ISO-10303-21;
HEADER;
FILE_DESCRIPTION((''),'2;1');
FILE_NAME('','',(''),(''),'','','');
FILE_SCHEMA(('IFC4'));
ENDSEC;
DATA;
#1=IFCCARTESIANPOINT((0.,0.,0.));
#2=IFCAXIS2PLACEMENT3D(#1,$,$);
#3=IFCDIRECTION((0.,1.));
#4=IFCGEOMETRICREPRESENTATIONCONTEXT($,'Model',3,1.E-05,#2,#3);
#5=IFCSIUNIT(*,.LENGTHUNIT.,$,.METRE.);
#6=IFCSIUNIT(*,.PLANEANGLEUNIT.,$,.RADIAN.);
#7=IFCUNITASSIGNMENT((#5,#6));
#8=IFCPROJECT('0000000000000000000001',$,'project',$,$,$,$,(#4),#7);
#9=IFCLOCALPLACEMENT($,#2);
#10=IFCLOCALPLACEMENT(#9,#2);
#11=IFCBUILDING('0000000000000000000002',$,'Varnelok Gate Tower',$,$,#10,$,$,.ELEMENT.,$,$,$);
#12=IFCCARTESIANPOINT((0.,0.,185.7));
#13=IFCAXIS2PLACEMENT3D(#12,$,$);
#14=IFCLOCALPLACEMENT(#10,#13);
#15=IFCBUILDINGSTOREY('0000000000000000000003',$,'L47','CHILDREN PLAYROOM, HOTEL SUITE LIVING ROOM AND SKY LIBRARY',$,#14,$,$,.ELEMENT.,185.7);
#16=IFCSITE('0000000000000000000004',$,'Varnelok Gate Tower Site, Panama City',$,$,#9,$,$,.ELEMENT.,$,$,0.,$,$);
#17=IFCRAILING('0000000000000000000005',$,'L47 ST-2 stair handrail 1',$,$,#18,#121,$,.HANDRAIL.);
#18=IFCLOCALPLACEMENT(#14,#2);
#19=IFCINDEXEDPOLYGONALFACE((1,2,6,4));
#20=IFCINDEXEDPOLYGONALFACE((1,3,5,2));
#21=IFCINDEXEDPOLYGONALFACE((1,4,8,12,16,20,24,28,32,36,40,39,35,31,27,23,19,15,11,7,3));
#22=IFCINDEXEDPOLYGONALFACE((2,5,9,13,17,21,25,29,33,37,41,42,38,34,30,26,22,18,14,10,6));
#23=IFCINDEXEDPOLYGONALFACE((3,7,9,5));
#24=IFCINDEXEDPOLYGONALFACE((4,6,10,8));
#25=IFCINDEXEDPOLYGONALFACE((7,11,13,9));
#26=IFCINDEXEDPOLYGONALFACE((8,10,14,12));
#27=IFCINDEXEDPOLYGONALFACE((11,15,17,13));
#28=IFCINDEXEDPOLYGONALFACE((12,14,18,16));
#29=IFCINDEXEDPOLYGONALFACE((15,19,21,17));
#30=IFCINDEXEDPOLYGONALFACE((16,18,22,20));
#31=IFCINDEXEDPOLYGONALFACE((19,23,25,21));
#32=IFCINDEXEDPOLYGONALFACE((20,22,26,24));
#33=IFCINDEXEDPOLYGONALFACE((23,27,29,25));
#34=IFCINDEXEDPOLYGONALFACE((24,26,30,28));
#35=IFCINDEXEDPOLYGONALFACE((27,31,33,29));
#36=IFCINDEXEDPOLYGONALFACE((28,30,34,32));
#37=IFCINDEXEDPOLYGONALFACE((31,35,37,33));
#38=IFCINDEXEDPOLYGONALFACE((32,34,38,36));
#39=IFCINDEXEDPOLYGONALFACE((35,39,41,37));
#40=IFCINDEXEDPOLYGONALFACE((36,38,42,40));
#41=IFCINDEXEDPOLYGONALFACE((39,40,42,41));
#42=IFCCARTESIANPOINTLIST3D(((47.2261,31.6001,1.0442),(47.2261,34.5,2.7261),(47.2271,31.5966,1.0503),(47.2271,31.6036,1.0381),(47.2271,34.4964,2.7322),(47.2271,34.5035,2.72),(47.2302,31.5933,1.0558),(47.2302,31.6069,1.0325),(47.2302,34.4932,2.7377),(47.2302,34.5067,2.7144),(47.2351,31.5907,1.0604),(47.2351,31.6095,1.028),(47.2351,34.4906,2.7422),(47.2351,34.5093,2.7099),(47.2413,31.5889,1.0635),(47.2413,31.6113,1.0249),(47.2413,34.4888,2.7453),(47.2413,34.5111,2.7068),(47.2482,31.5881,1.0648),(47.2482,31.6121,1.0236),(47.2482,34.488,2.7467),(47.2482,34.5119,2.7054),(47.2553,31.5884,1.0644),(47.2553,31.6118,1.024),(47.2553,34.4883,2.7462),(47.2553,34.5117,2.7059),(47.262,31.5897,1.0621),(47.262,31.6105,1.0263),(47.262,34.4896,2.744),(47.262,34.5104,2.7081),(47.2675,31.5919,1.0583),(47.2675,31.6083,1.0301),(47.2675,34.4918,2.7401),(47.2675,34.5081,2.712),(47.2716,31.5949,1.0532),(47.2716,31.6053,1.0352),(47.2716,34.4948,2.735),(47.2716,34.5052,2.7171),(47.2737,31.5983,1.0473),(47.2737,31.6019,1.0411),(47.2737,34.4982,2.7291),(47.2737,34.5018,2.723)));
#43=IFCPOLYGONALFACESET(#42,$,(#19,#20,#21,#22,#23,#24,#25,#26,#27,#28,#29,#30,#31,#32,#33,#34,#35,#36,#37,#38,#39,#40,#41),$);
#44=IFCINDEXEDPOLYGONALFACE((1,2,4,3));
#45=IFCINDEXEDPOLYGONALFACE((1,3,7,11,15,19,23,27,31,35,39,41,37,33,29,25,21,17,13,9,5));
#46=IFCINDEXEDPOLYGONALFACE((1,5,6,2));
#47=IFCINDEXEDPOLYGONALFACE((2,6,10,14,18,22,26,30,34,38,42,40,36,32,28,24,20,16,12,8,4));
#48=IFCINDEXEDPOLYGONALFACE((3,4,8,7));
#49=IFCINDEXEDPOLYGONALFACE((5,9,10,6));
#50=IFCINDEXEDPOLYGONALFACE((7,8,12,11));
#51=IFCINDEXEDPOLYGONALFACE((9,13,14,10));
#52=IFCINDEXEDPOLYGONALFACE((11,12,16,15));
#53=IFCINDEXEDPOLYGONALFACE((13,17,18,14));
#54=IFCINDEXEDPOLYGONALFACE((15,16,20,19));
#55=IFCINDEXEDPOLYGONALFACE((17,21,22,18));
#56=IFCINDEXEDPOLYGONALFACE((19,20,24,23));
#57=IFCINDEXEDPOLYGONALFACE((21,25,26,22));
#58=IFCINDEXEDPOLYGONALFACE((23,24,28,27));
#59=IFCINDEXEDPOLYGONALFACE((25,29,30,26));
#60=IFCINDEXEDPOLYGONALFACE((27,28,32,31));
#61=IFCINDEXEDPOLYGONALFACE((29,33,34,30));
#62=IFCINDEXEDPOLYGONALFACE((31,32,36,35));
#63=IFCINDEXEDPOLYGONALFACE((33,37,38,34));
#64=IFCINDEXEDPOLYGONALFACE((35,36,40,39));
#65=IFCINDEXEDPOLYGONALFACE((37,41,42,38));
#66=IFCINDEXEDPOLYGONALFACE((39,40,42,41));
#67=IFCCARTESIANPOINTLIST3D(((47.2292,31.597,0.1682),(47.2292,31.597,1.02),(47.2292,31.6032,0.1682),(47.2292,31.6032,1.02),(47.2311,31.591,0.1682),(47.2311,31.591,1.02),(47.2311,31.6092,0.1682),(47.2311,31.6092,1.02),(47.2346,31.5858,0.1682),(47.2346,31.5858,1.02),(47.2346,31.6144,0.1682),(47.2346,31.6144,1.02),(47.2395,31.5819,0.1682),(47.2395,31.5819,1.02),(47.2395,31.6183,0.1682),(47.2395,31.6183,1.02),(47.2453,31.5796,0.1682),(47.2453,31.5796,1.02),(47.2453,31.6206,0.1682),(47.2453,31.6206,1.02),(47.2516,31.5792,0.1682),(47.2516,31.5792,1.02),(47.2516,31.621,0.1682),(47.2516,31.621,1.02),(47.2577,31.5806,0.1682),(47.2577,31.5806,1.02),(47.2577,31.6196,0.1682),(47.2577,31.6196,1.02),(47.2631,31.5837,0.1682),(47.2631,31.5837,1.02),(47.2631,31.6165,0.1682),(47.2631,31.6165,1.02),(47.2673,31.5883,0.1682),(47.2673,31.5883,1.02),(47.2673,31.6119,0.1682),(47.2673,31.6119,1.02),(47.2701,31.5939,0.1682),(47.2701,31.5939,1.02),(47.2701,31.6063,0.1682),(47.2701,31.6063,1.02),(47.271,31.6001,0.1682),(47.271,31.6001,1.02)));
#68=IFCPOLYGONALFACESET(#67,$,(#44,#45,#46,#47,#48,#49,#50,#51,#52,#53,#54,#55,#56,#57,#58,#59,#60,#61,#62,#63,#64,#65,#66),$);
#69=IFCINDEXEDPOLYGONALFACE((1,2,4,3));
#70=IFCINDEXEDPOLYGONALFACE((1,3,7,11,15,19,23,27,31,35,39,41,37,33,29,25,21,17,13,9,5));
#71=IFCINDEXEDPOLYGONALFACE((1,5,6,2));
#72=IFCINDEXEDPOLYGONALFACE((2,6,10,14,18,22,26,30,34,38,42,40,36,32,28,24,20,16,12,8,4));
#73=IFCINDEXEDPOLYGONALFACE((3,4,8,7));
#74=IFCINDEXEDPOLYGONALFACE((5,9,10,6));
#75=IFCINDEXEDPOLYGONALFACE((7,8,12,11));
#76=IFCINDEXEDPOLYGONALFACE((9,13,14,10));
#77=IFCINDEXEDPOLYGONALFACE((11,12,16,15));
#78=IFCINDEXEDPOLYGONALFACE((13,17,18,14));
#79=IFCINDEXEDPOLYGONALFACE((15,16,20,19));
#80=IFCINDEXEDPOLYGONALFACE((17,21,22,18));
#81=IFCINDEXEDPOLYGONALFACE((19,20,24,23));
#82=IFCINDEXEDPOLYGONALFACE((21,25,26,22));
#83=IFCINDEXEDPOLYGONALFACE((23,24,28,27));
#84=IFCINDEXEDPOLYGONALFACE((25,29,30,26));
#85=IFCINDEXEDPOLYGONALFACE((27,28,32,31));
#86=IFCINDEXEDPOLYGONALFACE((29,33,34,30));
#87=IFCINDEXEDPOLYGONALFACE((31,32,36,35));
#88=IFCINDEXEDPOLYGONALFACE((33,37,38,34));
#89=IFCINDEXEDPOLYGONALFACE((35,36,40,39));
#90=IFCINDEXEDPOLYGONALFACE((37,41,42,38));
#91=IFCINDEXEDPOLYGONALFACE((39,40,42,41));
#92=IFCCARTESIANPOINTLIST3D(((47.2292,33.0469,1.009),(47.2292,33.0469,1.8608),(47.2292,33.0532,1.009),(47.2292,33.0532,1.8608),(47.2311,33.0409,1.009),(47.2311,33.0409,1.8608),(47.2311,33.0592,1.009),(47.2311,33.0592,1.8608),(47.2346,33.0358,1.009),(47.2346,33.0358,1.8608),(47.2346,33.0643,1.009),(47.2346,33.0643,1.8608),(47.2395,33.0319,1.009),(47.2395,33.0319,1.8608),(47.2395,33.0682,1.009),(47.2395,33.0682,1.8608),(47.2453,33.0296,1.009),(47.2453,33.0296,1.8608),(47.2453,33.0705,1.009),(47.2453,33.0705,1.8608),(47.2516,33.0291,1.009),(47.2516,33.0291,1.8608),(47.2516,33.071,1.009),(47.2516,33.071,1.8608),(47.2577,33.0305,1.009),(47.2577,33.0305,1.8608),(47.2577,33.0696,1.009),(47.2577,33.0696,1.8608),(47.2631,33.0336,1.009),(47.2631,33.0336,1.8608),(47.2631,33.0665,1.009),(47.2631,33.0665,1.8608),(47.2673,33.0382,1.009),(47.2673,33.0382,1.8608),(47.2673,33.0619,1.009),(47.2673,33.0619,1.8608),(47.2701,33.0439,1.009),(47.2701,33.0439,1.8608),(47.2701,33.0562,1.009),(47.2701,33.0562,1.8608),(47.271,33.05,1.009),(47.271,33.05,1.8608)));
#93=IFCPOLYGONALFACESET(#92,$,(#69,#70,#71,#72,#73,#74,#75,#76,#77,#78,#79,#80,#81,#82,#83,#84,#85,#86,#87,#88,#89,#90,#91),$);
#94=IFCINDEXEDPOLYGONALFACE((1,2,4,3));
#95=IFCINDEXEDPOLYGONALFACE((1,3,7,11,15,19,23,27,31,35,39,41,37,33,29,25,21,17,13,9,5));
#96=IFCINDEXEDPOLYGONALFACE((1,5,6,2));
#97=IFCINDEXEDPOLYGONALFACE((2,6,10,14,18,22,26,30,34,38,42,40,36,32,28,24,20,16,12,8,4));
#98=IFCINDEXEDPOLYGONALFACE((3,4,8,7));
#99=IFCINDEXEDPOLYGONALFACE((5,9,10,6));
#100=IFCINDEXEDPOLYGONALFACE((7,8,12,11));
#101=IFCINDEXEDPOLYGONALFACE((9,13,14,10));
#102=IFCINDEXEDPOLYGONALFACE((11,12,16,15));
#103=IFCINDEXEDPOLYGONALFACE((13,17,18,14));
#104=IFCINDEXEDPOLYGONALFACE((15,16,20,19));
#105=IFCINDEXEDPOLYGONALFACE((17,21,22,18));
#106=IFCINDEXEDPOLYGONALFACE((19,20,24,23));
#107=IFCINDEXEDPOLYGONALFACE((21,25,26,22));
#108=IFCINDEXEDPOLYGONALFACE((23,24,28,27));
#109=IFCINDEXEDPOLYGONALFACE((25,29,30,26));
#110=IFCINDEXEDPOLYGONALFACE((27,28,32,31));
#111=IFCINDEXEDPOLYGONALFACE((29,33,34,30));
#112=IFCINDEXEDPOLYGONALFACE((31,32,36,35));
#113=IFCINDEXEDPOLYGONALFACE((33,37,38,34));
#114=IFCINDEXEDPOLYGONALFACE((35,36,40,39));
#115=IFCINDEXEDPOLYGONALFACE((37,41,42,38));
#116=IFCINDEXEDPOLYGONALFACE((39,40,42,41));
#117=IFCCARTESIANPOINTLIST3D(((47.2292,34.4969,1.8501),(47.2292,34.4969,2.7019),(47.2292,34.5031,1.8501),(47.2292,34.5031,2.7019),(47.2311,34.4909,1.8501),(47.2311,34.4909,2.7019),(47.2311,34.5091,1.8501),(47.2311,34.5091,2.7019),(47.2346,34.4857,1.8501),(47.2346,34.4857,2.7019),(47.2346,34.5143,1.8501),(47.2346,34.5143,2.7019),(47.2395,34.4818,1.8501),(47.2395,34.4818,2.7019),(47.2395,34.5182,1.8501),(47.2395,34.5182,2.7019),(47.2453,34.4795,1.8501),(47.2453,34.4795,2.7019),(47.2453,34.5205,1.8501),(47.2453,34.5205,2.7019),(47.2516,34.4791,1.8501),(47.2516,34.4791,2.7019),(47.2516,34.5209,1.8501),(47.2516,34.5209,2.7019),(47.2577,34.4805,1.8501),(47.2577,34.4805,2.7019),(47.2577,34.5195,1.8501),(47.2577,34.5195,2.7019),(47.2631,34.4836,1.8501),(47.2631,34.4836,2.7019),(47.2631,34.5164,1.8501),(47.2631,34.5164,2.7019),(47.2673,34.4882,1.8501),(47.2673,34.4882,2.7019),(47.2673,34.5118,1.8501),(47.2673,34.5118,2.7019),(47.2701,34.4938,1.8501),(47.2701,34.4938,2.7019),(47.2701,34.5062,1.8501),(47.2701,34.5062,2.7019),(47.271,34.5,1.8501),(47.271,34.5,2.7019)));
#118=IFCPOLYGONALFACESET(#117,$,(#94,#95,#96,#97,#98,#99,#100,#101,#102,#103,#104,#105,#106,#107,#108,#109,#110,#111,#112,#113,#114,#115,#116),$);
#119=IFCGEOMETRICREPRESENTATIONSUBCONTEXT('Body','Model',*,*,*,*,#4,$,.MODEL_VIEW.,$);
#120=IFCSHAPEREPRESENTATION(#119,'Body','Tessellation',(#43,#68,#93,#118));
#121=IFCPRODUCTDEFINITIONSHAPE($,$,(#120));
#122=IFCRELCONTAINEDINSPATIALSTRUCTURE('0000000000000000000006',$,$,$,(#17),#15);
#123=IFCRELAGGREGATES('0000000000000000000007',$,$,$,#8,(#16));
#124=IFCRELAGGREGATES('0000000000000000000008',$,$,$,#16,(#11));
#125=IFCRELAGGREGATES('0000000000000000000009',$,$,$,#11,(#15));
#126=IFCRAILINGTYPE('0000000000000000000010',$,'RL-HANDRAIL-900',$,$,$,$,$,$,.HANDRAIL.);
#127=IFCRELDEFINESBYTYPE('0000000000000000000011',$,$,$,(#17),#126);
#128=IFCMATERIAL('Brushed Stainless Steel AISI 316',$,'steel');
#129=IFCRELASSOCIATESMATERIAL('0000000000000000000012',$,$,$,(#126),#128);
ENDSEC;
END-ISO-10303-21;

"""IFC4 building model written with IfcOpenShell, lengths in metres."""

from ifc_helpers import new_model, si_unit, direction, frame, origin, origin_2d, place, context, subcontext, project, spatial, circle, extrude, material, type_object, element, save


model = new_model("IFC4")

# Units and contexts
model_context = context("Model", 3, precision=1e-05, world=origin(), true_north=direction((0.0, 1.0)))
body_context = subcontext(model_context, "Body", "Model", "MODEL_VIEW")
ifc_project = project(units=[si_unit("LENGTHUNIT", "METRE"), si_unit("PLANEANGLEUNIT", "RADIAN")], contexts=[model_context])

# Site, building, storey
site_placement = place(None, origin())
site = spatial("IfcSite", under=ifc_project, at=site_placement, Name="Varnelok Gate Tower Site, Panama City", CompositionType="ELEMENT", RefElevation=0.0)
building_placement = place(site_placement, origin())
building = spatial("IfcBuilding", under=site, at=building_placement, Name="Varnelok Gate Tower", CompositionType="ELEMENT")
storey_placement = place(building_placement, frame((0.0, 0.0, 185.7)))
storey = spatial("IfcBuildingStorey", under=building, at=storey_placement, Name="L47", Description="CHILDREN PLAYROOM, HOTEL SUITE LIVING ROOM AND SKY LIBRARY", CompositionType="ELEMENT", Elevation=185.7)

# Railing
ifc_material_1 = material(Name="Brushed Stainless Steel AISI 316", Category="steel")
railing_type_1 = type_object("IfcRailingType", Name="RL-HANDRAIL-900", PredefinedType="HANDRAIL", material=ifc_material_1)
railing_1_placement = place(storey_placement, frame((47.25, 31.6001, 0.1682)))
element("IfcRailing", 1, at=railing_1_placement, inside=storey, type_object=railing_type_1, Name="L47 ST-2 stair handrail 1", PredefinedType="HANDRAIL", context=body_context, shape_type="SweptSolid", body=[
    extrude(circle(Radius=0.0239, at=origin_2d()), frame((0.0, 0.0, 0.876), z_axis=(0.0, 0.865039, 0.501705), x_axis=(-1.0, 0.0, 0.0)), (0.0, 0.0, 1.0), 3.3523),
    extrude(circle(Radius=0.021, at=origin_2d()), origin(), (0.0, 0.0, 1.0), 0.8518),
    extrude(circle(Radius=0.021, at=origin_2d()), frame((0.0, 1.45, 0.8408)), (0.0, 0.0, 1.0), 0.8518),
    extrude(circle(Radius=0.021, at=origin_2d()), frame((0.0, 2.8999, 1.6819)), (0.0, 0.0, 1.0), 0.8518),
])

save(model, "model.ifc")
